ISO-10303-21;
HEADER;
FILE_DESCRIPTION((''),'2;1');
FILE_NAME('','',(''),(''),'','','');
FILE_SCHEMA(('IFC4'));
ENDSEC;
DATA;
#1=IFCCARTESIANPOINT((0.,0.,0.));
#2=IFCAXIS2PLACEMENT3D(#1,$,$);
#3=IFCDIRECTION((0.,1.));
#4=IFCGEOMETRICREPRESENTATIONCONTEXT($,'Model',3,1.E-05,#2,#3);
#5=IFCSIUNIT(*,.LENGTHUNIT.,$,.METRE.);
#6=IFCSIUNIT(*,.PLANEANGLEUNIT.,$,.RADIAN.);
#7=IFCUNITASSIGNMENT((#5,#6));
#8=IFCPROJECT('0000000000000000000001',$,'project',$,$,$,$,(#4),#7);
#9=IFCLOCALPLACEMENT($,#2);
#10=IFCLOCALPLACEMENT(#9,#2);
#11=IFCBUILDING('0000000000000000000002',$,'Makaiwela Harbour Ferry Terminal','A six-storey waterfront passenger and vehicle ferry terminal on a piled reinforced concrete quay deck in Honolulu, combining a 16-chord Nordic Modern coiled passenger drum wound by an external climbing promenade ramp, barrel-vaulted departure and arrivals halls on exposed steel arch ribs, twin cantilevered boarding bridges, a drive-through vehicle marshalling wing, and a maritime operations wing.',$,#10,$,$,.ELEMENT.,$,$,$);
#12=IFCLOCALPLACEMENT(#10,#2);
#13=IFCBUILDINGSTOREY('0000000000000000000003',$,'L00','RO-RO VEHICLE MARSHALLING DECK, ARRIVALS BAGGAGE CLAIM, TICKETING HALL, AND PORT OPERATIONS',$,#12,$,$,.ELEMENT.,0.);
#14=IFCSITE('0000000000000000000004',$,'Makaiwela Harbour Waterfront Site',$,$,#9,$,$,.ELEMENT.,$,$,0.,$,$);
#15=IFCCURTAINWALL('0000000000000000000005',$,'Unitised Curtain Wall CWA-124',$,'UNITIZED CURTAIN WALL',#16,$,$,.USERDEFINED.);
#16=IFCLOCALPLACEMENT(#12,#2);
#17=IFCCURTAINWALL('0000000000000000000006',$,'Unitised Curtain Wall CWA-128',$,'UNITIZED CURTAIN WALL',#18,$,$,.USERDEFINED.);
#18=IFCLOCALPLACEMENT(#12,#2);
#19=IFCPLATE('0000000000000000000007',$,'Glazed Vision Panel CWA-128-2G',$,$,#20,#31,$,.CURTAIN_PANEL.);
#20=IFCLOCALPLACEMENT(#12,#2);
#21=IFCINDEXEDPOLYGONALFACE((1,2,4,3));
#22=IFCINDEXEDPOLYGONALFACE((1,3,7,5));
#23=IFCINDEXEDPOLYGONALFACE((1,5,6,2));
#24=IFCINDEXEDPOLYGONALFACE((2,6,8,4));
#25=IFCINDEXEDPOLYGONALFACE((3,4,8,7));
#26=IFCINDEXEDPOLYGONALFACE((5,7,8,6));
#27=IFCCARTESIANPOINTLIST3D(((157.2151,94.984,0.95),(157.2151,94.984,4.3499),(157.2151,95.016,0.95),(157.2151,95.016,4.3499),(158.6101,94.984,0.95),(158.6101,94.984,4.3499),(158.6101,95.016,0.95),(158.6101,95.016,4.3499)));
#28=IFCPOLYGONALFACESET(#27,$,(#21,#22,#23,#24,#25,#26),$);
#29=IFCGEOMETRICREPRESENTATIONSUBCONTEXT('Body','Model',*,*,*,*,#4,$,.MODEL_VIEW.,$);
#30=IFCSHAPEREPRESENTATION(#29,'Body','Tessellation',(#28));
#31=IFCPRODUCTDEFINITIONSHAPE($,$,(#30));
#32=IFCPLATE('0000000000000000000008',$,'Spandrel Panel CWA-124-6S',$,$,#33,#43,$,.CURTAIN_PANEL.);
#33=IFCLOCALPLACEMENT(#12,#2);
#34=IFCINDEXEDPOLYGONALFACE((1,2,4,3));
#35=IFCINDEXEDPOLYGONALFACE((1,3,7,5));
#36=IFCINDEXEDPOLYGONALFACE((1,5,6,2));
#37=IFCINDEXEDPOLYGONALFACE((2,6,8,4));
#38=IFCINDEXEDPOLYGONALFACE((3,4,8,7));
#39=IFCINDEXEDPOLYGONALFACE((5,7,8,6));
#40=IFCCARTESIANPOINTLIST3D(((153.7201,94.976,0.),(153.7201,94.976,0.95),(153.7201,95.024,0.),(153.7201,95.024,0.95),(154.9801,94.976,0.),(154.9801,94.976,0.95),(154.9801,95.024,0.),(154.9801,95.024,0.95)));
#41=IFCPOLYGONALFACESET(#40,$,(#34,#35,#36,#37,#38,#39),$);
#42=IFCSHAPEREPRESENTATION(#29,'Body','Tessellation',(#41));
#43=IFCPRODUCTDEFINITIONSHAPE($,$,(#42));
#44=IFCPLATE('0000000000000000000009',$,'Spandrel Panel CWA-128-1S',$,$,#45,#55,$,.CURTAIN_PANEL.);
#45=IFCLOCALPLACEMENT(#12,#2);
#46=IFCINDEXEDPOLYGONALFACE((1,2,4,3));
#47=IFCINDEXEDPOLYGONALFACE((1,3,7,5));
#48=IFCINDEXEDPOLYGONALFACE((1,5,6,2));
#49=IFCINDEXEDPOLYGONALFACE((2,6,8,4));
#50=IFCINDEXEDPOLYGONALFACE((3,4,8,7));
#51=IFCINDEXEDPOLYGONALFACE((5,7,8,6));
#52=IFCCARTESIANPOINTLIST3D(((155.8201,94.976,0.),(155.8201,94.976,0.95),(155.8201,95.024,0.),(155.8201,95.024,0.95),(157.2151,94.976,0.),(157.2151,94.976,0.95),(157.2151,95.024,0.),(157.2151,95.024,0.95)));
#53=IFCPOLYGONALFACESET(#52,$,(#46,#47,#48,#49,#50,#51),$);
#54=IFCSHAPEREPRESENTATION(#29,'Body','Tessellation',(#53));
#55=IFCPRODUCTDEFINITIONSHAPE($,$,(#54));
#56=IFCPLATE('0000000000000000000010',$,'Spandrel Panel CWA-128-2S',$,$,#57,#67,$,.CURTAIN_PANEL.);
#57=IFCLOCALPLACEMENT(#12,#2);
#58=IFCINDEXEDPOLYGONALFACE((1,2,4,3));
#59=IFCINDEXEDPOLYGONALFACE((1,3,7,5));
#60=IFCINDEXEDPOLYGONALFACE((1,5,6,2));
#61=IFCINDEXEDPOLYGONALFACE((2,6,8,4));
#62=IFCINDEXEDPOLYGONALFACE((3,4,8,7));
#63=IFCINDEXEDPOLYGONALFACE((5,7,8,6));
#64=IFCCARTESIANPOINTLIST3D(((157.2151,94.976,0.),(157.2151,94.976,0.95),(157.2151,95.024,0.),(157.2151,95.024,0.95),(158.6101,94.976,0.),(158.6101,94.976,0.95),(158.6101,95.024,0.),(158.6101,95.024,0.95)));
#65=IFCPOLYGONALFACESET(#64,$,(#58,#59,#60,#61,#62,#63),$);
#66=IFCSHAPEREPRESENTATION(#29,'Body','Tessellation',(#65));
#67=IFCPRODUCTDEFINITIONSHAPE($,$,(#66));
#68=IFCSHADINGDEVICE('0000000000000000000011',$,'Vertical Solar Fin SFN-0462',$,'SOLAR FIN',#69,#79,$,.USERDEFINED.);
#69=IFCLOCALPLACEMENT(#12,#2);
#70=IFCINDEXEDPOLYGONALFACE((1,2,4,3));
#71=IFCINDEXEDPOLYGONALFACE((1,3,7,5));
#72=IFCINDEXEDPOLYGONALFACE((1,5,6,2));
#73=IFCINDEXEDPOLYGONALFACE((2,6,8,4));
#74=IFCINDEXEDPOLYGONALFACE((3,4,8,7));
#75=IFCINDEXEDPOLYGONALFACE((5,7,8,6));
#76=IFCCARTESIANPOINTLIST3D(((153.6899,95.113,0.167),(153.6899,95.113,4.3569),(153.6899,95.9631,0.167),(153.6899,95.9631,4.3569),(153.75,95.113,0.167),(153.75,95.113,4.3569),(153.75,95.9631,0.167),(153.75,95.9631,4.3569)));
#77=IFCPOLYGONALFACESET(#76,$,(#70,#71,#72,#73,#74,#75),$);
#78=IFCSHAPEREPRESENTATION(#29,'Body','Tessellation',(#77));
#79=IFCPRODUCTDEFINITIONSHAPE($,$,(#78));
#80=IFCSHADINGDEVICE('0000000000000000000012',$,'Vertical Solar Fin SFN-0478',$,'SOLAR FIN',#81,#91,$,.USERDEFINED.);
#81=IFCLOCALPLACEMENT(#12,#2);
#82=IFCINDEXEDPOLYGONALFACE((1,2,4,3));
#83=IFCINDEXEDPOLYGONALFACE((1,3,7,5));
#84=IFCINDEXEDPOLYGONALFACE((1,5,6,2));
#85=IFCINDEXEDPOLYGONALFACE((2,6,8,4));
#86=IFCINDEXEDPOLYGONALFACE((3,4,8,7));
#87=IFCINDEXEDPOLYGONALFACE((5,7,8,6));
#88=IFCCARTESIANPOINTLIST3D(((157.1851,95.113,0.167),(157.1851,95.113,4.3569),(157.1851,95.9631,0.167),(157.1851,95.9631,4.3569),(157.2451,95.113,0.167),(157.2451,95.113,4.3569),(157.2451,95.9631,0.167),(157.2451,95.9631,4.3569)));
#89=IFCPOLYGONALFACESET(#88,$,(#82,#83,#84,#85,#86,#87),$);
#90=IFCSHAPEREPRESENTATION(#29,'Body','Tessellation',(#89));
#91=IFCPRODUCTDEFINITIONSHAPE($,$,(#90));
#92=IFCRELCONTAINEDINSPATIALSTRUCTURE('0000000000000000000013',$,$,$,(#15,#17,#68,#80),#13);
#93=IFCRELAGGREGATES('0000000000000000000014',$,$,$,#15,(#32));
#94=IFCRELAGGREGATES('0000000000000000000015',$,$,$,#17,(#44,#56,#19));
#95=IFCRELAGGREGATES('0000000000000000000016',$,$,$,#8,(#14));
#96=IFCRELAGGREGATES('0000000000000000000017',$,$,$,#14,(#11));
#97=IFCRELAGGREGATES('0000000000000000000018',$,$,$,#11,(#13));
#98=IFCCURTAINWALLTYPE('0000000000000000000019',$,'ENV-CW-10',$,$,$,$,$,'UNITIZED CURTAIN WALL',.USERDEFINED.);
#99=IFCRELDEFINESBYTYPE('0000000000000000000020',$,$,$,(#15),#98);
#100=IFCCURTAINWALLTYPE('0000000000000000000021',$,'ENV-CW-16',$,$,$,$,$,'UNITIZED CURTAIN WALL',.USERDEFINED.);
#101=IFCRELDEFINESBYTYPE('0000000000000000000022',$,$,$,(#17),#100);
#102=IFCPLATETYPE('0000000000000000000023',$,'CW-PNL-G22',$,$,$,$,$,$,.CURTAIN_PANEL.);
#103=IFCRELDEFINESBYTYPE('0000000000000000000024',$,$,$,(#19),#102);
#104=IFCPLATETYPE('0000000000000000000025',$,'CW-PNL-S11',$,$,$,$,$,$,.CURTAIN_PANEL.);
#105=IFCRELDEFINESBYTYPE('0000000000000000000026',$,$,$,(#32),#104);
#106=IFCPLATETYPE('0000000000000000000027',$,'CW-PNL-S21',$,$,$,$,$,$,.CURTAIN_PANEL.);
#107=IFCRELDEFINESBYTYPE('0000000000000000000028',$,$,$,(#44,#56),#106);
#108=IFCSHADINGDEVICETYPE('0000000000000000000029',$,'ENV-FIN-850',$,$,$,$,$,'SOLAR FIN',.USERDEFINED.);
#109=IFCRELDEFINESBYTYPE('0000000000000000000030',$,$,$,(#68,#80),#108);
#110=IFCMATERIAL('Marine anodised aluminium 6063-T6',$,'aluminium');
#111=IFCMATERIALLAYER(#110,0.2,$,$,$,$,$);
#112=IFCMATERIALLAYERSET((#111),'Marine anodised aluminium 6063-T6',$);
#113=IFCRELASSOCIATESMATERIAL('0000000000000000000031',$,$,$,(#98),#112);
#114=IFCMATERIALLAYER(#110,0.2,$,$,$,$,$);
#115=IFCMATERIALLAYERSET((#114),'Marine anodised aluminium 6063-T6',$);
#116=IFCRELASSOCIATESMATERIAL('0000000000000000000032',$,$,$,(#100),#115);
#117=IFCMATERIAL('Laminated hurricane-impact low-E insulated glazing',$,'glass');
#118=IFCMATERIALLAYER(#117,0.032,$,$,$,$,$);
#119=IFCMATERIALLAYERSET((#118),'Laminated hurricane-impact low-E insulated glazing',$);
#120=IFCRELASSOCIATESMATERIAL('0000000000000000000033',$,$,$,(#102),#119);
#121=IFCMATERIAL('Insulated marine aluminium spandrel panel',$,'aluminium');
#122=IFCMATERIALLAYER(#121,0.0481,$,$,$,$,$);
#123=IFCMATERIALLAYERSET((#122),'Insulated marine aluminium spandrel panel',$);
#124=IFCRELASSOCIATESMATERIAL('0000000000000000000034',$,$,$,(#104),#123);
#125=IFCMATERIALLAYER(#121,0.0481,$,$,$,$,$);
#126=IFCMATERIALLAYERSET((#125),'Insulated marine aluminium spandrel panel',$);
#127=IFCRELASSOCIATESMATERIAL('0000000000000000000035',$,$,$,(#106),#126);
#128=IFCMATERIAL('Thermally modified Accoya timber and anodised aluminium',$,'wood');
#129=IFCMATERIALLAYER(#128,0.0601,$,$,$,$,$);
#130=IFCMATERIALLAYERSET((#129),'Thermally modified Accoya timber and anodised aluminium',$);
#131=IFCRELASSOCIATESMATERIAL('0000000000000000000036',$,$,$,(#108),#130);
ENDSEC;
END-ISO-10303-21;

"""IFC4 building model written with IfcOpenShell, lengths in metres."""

from ifc_helpers import new_model, si_unit, direction, frame, origin, origin_2d, place, context, subcontext, project, spatial, rectangle, extrude, material, layer, layer_set, type_object, element, aggregate, save


model = new_model("IFC4")

# Units and contexts
model_context = context("Model", 3, precision=1e-05, world=origin(), true_north=direction((0.0, 1.0)))
body_context = subcontext(model_context, "Body", "Model", "MODEL_VIEW")
ifc_project = project(units=[si_unit("LENGTHUNIT", "METRE"), si_unit("PLANEANGLEUNIT", "RADIAN")], contexts=[model_context])

# Site, building, storey
site_placement = place(None, origin())
site = spatial("IfcSite", under=ifc_project, at=site_placement, Name="Makaiwela Harbour Waterfront Site", CompositionType="ELEMENT", RefElevation=0.0)
building_placement = place(site_placement, origin())
building = spatial("IfcBuilding", under=site, at=building_placement, Name="Makaiwela Harbour Ferry Terminal", Description="A six-storey waterfront passenger and vehicle ferry terminal on a piled reinforced concrete quay deck in Honolulu, combining a 16-chord Nordic Modern coiled passenger drum wound by an external climbing promenade ramp, barrel-vaulted departure and arrivals halls on exposed steel arch ribs, twin cantilevered boarding bridges, a drive-through vehicle marshalling wing, and a maritime operations wing.", CompositionType="ELEMENT")
storey_placement = place(building_placement, origin())
storey = spatial("IfcBuildingStorey", under=building, at=storey_placement, Name="L00", Description="RO-RO VEHICLE MARSHALLING DECK, ARRIVALS BAGGAGE CLAIM, TICKETING HALL, AND PORT OPERATIONS", CompositionType="ELEMENT", Elevation=0.0)

# Curtain wall
ifc_material_1 = material(Name="Marine anodised aluminium 6063-T6", Category="aluminium")
ifc_layer_1 = layer(ifc_material_1, 0.2)
ifc_layer_set_1 = layer_set([ifc_layer_1], Name="Marine anodised aluminium 6063-T6")
curtain_wall_type_1 = type_object("IfcCurtainWallType", Name="ENV-CW-10", ElementType="UNITIZED CURTAIN WALL", PredefinedType="USERDEFINED", material=ifc_layer_set_1)
curtain_wall_1_placement = place(storey_placement, origin())
curtain_wall_1 = element("IfcCurtainWall", 1, at=curtain_wall_1_placement, inside=storey, type_object=curtain_wall_type_1, Name="Unitised Curtain Wall CWA-124", ObjectType="UNITIZED CURTAIN WALL", PredefinedType="USERDEFINED")

# Curtain wall
ifc_layer_2 = layer(ifc_material_1, 0.2)
ifc_layer_set_2 = layer_set([ifc_layer_2], Name="Marine anodised aluminium 6063-T6")
curtain_wall_type_2 = type_object("IfcCurtainWallType", Name="ENV-CW-16", ElementType="UNITIZED CURTAIN WALL", PredefinedType="USERDEFINED", material=ifc_layer_set_2)
curtain_wall_2_placement = place(storey_placement, origin())
curtain_wall_2 = element("IfcCurtainWall", 2, at=curtain_wall_2_placement, inside=storey, type_object=curtain_wall_type_2, Name="Unitised Curtain Wall CWA-128", ObjectType="UNITIZED CURTAIN WALL", PredefinedType="USERDEFINED")

# Plates
ifc_material_2 = material(Name="Laminated hurricane-impact low-E insulated glazing", Category="glass")
ifc_layer_3 = layer(ifc_material_2, 0.032)
ifc_layer_set_3 = layer_set([ifc_layer_3], Name="Laminated hurricane-impact low-E insulated glazing")
plate_type_1 = type_object("IfcPlateType", Name="CW-PNL-G22", PredefinedType="CURTAIN_PANEL", material=ifc_layer_set_3)
plate_1_placement = place(storey_placement, frame((157.9126, 95.0, 0.95), z_axis=(0.0, 0.0, 1.0), x_axis=(1.0, 0.0, 0.0)))
plate_1 = element("IfcPlate", 3, at=plate_1_placement, type_object=plate_type_1, Name="Glazed Vision Panel CWA-128-2G", PredefinedType="CURTAIN_PANEL", context=body_context, shape_type="SweptSolid", body=[
    extrude(rectangle(XDim=1.395, YDim=0.032, at=origin_2d()), origin(), (0.0, 0.0, 1.0), 3.3999),
])
ifc_material_3 = material(Name="Insulated marine aluminium spandrel panel", Category="aluminium")
ifc_layer_4 = layer(ifc_material_3, 0.0481)
ifc_layer_set_4 = layer_set([ifc_layer_4], Name="Insulated marine aluminium spandrel panel")
plate_type_2 = type_object("IfcPlateType", Name="CW-PNL-S11", PredefinedType="CURTAIN_PANEL", material=ifc_layer_set_4)
plate_2_placement = place(storey_placement, frame((154.3501, 95.0, 0.0), z_axis=(0.0, 0.0, 1.0), x_axis=(1.0, 0.0, 0.0)))
plate_2 = element("IfcPlate", 4, at=plate_2_placement, type_object=plate_type_2, Name="Spandrel Panel CWA-124-6S", PredefinedType="CURTAIN_PANEL", context=body_context, shape_type="SweptSolid", body=[
    extrude(rectangle(XDim=1.26, YDim=0.0481, at=origin_2d()), origin(), (0.0, 0.0, 1.0), 0.95),
])
aggregate(curtain_wall_1, [plate_2])
ifc_layer_5 = layer(ifc_material_3, 0.0481)
ifc_layer_set_5 = layer_set([ifc_layer_5], Name="Insulated marine aluminium spandrel panel")
plate_type_3 = type_object("IfcPlateType", Name="CW-PNL-S21", PredefinedType="CURTAIN_PANEL", material=ifc_layer_set_5)
plate_3_placement = place(storey_placement, frame((156.5176, 95.0, 0.0), z_axis=(0.0, 0.0, 1.0), x_axis=(1.0, 0.0, 0.0)))
plate_3 = element("IfcPlate", 5, at=plate_3_placement, type_object=plate_type_3, Name="Spandrel Panel CWA-128-1S", PredefinedType="CURTAIN_PANEL", context=body_context, shape_type="SweptSolid", body=[
    extrude(rectangle(XDim=1.395, YDim=0.0481, at=origin_2d()), origin(), (0.0, 0.0, 1.0), 0.95),
])
plate_4_placement = place(storey_placement, frame((157.9126, 95.0, 0.0), z_axis=(0.0, 0.0, 1.0), x_axis=(1.0, 0.0, 0.0)))
plate_4 = element("IfcPlate", 6, at=plate_4_placement, type_object=plate_type_3, Name="Spandrel Panel CWA-128-2S", PredefinedType="CURTAIN_PANEL", context=body_context, shape_type="SweptSolid", body=[
    extrude(rectangle(XDim=1.395, YDim=0.0481, at=origin_2d()), origin(), (0.0, 0.0, 1.0), 0.95),
])
aggregate(curtain_wall_2, [plate_3, plate_4, plate_1])

# Shading devices
ifc_material_4 = material(Name="Thermally modified Accoya timber and anodised aluminium", Category="wood")
ifc_layer_6 = layer(ifc_material_4, 0.0601)
ifc_layer_set_6 = layer_set([ifc_layer_6], Name="Thermally modified Accoya timber and anodised aluminium")
shading_device_type = type_object("IfcShadingDeviceType", Name="ENV-FIN-850", ElementType="SOLAR FIN", PredefinedType="USERDEFINED", material=ifc_layer_set_6)
for number, where, z_axis, x_axis, name in (
    (7, (153.72, 95.5381, 0.167), (0.0, 0.0, 1.0), (0.0, 1.0, 0.0), "Vertical Solar Fin SFN-0462"),
    (8, (157.2151, 95.5381, 0.167), (0.0, 0.0, 1.0), (0.0, 1.0, 0.0), "Vertical Solar Fin SFN-0478"),
):
    element("IfcShadingDevice", number, at=place(storey_placement, frame(where, z_axis=z_axis, x_axis=x_axis)), inside=storey, type_object=shading_device_type, Name=name, ObjectType="SOLAR FIN", PredefinedType="USERDEFINED", context=body_context, shape_type="SweptSolid", body=[
        extrude(rectangle(XDim=0.8501, YDim=0.0601, at=origin_2d()), origin(), (0.0, 0.0, 1.0), 4.1899),
    ])

save(model, "model.ifc")
